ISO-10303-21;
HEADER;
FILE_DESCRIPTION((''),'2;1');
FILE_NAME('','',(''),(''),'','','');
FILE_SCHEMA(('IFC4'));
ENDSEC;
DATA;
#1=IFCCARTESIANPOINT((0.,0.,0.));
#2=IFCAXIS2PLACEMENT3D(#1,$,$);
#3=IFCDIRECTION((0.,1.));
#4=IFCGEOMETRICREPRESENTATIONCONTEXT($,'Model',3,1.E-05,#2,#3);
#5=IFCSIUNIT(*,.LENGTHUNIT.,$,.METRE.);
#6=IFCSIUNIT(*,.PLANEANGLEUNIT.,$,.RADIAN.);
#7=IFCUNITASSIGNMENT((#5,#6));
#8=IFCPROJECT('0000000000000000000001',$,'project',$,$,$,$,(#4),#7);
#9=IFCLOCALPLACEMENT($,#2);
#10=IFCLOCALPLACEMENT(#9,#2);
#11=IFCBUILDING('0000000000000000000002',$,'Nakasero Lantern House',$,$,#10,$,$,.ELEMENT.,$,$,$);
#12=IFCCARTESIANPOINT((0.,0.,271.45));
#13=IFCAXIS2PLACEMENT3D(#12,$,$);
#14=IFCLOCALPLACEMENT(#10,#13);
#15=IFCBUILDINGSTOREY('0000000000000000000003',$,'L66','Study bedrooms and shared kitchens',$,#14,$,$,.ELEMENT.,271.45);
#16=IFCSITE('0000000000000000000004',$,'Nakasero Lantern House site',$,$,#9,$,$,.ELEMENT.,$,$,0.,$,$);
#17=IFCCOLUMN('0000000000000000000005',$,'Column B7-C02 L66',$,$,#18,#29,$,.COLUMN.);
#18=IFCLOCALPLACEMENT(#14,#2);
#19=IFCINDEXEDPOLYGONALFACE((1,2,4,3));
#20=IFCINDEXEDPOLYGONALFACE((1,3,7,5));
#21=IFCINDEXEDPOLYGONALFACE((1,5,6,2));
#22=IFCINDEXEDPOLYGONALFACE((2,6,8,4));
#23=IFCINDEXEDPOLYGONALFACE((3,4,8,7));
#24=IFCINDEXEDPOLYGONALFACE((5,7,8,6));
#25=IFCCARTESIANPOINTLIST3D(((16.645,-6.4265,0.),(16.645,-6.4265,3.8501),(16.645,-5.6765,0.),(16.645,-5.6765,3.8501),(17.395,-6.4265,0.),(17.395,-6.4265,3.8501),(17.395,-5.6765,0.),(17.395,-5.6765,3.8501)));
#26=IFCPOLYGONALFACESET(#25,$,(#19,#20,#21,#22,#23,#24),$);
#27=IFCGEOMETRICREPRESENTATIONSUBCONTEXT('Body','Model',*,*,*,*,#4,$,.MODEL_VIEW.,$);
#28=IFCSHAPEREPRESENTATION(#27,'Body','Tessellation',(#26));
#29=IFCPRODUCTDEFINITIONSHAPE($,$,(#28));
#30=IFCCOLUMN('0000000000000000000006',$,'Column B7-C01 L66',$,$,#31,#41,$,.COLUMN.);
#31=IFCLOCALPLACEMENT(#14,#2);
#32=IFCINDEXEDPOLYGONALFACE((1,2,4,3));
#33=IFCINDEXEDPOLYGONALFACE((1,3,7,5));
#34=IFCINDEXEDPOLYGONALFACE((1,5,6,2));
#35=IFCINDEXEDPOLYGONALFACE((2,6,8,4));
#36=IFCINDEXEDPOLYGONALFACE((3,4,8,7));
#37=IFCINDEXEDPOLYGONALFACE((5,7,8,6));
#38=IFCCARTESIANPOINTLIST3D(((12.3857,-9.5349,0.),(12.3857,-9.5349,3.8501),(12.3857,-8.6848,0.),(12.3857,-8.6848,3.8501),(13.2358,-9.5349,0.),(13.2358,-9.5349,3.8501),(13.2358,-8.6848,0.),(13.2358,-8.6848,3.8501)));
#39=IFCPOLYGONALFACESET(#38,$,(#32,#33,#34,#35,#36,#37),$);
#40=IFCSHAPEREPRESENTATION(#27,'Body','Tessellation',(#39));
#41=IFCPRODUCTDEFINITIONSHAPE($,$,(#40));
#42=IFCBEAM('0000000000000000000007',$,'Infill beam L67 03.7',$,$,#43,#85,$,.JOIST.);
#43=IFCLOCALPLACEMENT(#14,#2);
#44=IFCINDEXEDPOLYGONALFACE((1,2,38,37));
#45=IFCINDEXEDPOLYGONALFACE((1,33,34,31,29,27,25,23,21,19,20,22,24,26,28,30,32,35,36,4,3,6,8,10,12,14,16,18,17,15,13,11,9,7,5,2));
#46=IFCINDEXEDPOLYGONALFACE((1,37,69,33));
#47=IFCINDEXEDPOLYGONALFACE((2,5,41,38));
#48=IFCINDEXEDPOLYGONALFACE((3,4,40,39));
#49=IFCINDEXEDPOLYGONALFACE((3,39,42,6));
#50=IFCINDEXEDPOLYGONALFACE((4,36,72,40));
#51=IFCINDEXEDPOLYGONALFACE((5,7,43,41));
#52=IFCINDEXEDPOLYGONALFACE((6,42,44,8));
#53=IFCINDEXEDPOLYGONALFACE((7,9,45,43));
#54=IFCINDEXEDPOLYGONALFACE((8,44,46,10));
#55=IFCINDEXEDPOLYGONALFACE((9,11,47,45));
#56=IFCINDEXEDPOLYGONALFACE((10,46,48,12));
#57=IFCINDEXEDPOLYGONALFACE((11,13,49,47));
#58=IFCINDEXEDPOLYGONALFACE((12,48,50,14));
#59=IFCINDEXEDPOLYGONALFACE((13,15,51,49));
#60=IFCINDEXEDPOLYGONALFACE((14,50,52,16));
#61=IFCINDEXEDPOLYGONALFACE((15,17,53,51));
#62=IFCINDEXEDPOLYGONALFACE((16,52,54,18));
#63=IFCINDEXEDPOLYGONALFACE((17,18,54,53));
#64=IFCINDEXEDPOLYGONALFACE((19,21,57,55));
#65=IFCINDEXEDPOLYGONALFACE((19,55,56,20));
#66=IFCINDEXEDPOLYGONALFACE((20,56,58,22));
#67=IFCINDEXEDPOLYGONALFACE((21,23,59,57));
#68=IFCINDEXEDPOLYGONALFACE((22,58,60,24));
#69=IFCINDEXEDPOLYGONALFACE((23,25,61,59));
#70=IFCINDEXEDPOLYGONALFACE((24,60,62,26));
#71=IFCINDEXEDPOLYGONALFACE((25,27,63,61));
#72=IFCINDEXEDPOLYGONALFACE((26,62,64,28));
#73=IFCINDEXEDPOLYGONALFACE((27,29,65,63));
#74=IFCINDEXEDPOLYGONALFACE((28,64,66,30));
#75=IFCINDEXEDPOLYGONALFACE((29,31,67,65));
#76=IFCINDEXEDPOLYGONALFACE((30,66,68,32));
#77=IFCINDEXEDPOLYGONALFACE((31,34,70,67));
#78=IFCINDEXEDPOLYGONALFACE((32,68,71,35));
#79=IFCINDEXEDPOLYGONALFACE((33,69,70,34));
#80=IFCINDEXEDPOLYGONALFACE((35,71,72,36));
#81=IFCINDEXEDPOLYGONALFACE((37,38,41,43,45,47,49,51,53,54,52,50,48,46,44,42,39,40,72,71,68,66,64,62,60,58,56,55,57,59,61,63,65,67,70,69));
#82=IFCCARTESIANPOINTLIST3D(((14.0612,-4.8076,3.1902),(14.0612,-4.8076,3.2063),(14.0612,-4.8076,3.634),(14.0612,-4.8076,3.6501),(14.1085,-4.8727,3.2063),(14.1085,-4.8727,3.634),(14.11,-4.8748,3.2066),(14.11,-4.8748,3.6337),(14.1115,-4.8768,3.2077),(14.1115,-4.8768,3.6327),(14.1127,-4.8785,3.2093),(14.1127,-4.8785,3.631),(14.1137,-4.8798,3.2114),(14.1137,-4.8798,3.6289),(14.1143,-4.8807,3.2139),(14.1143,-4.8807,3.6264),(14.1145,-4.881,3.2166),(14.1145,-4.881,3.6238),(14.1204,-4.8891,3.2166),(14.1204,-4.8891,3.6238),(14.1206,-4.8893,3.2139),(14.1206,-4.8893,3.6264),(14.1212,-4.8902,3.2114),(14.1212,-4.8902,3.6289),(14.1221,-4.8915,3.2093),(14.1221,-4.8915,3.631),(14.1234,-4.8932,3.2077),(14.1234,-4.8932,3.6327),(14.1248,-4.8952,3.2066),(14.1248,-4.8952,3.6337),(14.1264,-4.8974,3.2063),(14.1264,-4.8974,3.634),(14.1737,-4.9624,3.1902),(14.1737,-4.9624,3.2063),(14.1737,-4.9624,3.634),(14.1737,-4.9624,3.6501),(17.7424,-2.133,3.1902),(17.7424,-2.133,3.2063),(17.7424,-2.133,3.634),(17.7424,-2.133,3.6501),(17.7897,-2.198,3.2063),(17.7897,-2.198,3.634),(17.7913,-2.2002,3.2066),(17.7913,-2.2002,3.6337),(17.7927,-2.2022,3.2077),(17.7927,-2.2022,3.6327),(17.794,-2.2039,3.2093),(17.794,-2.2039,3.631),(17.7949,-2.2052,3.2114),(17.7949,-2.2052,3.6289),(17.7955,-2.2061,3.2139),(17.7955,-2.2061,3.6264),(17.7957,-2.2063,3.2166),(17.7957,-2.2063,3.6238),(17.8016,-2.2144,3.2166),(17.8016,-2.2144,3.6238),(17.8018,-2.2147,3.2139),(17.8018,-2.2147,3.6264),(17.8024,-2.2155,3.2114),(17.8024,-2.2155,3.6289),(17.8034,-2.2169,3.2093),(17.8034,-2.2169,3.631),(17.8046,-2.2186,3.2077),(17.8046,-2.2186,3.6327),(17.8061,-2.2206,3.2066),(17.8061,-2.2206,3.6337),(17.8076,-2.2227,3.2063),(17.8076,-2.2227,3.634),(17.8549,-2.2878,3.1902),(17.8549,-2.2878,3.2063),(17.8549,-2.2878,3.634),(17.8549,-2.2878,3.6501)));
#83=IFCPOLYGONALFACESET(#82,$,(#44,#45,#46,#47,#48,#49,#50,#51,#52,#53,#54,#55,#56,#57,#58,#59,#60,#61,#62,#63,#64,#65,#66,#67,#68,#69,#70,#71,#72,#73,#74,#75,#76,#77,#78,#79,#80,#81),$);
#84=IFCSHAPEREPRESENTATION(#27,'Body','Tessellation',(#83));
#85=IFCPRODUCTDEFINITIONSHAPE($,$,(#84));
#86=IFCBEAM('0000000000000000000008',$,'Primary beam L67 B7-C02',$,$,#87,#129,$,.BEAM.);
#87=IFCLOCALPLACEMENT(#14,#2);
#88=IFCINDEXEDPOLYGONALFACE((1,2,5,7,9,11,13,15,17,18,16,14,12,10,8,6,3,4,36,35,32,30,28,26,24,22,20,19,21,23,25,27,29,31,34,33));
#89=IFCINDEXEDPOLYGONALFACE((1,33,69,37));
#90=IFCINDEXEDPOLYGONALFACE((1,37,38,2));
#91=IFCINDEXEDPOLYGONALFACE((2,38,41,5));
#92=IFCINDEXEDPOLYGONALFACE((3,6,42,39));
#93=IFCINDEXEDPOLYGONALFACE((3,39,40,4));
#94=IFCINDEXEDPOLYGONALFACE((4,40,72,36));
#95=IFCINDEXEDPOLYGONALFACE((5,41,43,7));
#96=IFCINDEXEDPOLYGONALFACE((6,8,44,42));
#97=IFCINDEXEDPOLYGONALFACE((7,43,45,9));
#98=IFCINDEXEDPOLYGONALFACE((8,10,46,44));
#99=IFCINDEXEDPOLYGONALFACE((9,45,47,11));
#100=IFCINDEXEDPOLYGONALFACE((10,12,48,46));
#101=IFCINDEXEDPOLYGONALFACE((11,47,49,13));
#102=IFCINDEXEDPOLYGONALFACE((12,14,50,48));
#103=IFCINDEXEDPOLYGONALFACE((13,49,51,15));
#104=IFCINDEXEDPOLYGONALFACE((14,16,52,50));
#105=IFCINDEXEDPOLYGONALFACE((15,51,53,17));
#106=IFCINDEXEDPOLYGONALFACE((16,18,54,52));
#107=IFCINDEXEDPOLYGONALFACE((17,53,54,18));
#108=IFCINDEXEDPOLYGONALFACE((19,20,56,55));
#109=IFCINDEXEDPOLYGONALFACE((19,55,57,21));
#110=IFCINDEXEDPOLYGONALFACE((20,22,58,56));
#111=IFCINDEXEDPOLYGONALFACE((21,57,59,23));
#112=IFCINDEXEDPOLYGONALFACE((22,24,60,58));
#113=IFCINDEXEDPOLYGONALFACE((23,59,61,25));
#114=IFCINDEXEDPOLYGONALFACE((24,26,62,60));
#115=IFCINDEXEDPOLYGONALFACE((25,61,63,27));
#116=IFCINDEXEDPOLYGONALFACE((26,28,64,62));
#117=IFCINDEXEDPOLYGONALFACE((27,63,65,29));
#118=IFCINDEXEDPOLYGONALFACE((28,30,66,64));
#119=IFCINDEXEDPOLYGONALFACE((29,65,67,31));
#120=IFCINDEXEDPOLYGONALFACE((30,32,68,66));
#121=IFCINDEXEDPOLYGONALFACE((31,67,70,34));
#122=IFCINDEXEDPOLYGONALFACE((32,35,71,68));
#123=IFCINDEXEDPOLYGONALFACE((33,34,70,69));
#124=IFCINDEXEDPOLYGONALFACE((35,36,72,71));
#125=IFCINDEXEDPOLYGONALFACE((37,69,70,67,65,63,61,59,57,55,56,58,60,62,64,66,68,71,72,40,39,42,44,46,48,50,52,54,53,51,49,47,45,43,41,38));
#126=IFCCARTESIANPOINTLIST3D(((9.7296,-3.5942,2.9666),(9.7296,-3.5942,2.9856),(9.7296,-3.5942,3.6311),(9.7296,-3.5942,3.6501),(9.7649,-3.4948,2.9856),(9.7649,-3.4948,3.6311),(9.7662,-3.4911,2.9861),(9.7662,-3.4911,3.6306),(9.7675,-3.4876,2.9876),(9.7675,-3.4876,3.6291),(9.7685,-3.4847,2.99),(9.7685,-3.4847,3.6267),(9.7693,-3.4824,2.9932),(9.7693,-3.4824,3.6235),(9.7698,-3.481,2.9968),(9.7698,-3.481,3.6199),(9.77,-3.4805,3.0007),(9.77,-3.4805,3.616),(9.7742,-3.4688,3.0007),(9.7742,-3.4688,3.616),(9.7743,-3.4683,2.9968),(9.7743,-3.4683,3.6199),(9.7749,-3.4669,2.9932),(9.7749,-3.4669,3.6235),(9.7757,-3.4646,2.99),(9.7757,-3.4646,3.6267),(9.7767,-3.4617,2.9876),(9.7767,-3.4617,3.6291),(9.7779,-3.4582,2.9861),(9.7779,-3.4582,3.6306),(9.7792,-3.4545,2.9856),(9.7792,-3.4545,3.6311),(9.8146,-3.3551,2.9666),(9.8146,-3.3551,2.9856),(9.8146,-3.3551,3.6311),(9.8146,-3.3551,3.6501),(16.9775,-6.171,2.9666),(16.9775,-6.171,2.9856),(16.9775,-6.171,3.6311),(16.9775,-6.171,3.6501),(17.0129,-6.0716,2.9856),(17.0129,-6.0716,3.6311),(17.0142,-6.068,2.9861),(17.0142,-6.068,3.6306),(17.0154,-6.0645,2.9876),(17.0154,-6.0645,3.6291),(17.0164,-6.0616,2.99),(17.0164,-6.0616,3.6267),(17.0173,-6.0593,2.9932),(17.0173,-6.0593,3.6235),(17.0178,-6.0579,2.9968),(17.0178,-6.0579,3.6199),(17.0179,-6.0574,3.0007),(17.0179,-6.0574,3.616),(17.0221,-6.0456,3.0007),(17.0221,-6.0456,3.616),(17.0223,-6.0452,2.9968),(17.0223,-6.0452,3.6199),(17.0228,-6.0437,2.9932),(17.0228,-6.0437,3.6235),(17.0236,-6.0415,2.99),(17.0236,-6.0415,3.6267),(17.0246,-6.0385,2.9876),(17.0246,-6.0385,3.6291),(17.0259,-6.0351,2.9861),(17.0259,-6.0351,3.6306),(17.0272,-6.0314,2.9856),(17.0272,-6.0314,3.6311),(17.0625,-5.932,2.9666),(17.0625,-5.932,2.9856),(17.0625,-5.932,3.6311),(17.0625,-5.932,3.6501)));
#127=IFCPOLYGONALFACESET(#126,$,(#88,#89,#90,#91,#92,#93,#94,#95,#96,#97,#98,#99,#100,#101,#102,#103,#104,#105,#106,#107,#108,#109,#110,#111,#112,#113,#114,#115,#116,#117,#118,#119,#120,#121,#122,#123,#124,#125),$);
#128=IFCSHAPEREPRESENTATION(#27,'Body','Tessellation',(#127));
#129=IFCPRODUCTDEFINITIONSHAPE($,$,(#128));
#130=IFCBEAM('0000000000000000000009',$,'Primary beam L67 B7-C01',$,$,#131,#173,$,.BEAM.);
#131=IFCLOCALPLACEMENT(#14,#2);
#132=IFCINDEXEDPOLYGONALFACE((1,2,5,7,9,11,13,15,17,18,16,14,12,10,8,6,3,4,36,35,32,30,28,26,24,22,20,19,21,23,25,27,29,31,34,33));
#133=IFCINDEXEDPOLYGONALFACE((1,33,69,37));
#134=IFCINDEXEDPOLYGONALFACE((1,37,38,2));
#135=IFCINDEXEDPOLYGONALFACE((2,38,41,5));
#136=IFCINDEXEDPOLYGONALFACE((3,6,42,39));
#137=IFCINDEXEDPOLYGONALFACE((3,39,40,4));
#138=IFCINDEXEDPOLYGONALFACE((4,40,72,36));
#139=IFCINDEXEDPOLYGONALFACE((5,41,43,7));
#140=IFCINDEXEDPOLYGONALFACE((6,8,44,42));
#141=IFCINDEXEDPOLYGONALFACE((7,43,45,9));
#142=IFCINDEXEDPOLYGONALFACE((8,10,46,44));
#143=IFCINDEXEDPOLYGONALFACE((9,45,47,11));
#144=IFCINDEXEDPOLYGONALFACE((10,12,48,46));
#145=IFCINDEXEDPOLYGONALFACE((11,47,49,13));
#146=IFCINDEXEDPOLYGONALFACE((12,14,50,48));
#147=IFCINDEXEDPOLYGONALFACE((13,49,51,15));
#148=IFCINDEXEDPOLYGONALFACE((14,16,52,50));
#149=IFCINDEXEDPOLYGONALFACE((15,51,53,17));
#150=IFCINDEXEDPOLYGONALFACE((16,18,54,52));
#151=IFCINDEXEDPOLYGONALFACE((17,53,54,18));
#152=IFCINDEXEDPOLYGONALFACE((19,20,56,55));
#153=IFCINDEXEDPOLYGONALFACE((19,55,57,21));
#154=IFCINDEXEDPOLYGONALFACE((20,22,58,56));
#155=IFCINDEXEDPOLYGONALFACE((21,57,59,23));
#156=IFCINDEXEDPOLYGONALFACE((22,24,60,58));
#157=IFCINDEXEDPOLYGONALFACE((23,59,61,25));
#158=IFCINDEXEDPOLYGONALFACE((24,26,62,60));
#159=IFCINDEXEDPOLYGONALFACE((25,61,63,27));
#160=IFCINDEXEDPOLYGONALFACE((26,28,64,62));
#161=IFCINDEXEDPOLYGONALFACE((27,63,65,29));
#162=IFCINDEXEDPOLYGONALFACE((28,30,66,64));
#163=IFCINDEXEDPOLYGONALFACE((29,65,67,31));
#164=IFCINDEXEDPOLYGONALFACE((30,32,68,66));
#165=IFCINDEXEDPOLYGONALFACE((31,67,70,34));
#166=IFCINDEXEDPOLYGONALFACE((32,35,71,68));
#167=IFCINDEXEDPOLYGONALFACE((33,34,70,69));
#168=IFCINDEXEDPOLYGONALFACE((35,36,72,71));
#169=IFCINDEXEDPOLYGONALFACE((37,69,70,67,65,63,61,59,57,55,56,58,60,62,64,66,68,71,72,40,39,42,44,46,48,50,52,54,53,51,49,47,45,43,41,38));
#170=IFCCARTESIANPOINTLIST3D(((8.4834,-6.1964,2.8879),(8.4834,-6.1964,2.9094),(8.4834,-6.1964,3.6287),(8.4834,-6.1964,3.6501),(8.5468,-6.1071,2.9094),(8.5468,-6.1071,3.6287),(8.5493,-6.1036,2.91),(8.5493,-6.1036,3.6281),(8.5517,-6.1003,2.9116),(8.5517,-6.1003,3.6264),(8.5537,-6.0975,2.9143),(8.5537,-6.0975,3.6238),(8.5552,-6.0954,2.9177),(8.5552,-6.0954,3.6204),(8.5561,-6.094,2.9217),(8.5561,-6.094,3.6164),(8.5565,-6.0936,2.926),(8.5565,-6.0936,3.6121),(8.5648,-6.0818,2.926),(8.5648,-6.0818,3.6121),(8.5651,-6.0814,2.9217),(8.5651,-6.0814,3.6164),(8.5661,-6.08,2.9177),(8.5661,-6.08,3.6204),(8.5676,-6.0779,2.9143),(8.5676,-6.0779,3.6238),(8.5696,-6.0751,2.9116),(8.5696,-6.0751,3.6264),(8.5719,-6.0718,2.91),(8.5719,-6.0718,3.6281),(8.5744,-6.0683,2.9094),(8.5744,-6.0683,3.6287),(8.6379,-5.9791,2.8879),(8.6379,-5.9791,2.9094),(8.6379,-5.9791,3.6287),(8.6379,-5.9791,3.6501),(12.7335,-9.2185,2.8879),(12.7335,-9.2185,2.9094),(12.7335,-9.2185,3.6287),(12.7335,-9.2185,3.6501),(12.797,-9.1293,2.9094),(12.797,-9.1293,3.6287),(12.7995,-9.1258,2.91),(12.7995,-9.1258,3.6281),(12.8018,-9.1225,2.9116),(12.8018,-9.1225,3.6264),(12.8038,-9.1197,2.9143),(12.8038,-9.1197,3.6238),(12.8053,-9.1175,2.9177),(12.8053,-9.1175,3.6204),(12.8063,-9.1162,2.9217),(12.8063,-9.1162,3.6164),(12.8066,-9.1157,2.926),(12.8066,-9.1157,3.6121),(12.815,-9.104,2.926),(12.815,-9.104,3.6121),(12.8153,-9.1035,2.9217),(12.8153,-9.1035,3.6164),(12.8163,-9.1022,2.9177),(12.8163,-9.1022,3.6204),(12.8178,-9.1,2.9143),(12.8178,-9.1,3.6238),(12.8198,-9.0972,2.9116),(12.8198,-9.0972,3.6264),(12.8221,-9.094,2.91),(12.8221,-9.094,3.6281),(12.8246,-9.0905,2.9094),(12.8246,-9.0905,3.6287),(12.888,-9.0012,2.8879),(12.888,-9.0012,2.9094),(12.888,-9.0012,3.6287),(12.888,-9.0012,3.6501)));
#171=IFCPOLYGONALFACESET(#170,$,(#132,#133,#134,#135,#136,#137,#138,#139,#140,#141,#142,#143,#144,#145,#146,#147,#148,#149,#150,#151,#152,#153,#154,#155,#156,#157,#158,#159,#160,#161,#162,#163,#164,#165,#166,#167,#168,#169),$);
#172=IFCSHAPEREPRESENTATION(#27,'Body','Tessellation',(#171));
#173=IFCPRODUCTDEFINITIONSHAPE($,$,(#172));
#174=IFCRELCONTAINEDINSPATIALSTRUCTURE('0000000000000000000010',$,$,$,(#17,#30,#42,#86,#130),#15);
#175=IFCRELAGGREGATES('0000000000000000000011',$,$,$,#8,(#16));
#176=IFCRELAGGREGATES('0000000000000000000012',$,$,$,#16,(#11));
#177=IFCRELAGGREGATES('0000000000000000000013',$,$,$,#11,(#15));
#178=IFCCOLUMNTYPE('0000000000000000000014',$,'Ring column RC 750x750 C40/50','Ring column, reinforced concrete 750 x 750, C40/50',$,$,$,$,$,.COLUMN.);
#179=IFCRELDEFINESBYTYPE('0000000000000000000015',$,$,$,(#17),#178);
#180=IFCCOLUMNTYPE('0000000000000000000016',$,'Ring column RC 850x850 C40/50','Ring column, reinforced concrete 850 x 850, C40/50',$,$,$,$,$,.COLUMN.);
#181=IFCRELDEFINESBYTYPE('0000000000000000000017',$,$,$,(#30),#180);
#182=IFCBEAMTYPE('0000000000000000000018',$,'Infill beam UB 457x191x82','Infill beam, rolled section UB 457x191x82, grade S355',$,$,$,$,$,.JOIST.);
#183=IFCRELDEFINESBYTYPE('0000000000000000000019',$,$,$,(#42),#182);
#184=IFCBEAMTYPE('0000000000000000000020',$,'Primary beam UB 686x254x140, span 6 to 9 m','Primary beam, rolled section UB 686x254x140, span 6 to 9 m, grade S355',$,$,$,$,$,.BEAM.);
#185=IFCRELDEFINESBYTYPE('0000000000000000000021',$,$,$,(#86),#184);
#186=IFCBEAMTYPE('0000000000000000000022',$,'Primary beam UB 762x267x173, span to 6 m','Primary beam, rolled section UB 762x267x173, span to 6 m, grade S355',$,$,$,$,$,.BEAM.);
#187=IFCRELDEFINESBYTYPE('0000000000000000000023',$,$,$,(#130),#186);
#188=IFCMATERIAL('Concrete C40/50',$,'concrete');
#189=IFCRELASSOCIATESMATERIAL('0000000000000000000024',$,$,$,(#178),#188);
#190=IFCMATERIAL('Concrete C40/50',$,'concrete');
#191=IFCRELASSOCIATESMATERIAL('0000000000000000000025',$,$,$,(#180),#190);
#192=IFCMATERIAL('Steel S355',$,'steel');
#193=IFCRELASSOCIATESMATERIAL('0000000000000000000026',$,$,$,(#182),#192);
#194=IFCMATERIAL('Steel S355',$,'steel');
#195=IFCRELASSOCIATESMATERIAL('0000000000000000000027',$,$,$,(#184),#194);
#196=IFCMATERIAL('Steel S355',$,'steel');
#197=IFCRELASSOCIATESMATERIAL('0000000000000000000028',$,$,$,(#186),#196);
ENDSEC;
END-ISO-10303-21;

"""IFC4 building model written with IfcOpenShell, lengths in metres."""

from ifc_helpers import new_model, si_unit, direction, frame, origin, origin_2d, place, context, subcontext, project, spatial, rectangle, i_section, extrude, material, material_profile, profile_set, type_object, element, save


model = new_model("IFC4")

# Units and contexts
model_context = context("Model", 3, precision=1e-05, world=origin(), true_north=direction((0.0, 1.0)))
body_context = subcontext(model_context, "Body", "Model", "MODEL_VIEW")
ifc_project = project(units=[si_unit("LENGTHUNIT", "METRE"), si_unit("PLANEANGLEUNIT", "RADIAN")], contexts=[model_context])

# Site, building, storey
site_placement = place(None, origin())
site = spatial("IfcSite", under=ifc_project, at=site_placement, Name="Nakasero Lantern House site", CompositionType="ELEMENT", RefElevation=0.0)
building_placement = place(site_placement, origin())
building = spatial("IfcBuilding", under=site, at=building_placement, Name="Nakasero Lantern House", CompositionType="ELEMENT")
storey_placement = place(building_placement, frame((0.0, 0.0, 271.45)))
storey = spatial("IfcBuildingStorey", under=building, at=storey_placement, Name="L66", Description="Study bedrooms and shared kitchens", CompositionType="ELEMENT", Elevation=271.45)

# Columns
ifc_material_1 = material(Name="Concrete C40/50", Category="concrete")
ifc_material_profile_1 = material_profile(ifc_material_1, rectangle(XDim=0.75, YDim=0.75, at=origin_2d()), Name="RC 750x750")
ifc_profile_set_1 = profile_set([ifc_material_profile_1], Name="Concrete C40/50")
column_type_1 = type_object("IfcColumnType", Name="Ring column RC 750x750 C40/50", Description="Ring column, reinforced concrete 750 x 750, C40/50", PredefinedType="COLUMN", material=ifc_profile_set_1)
column_1_placement = place(storey_placement, frame((17.02, -6.0515, 0.0), z_axis=(0.0, 0.0, 1.0), x_axis=(1.0, 0.0, 0.0)))
element("IfcColumn", 1, at=column_1_placement, inside=storey, type_object=column_type_1, Name="Column B7-C02 L66", PredefinedType="COLUMN", context=body_context, shape_type="SweptSolid", body=[
    extrude(rectangle(XDim=0.75, YDim=0.75, at=origin_2d()), origin(), (0.0, 0.0, 1.0), 3.8501),
])
ifc_material_2 = material(Name="Concrete C40/50", Category="concrete")
ifc_material_profile_2 = material_profile(ifc_material_2, rectangle(XDim=0.8501, YDim=0.8501, at=origin_2d()), Name="RC 850x850")
ifc_profile_set_2 = profile_set([ifc_material_profile_2], Name="Concrete C40/50")
column_type_2 = type_object("IfcColumnType", Name="Ring column RC 850x850 C40/50", Description="Ring column, reinforced concrete 850 x 850, C40/50", PredefinedType="COLUMN", material=ifc_profile_set_2)
column_2_placement = place(storey_placement, frame((12.8108, -9.1099, 0.0), z_axis=(0.0, 0.0, 1.0), x_axis=(1.0, 0.0, 0.0)))
element("IfcColumn", 2, at=column_2_placement, inside=storey, type_object=column_type_2, Name="Column B7-C01 L66", PredefinedType="COLUMN", context=body_context, shape_type="SweptSolid", body=[
    extrude(rectangle(XDim=0.8501, YDim=0.8501, at=origin_2d()), origin(), (0.0, 0.0, 1.0), 3.8501),
])

# Beams
ifc_material_3 = material(Name="Steel S355", Category="steel")
ifc_material_profile_3 = material_profile(ifc_material_3, i_section(OverallWidth=0.1914, OverallDepth=0.46, WebThickness=0.01, FlangeThickness=0.0161, FilletRadius=0.0103, at=origin_2d()), Name="UB 457x191x82")
ifc_profile_set_3 = profile_set([ifc_material_profile_3], Name="Steel S355")
beam_type_1 = type_object("IfcBeamType", Name="Infill beam UB 457x191x82", Description="Infill beam, rolled section UB 457x191x82, grade S355", PredefinedType="JOIST", material=ifc_profile_set_3)
beam_1_placement = place(storey_placement, frame((14.1174, -4.885, 3.4202), z_axis=(0.809012, 0.587792, 0.0), x_axis=(-0.587792, 0.809012, 0.0)))
element("IfcBeam", 3, at=beam_1_placement, inside=storey, type_object=beam_type_1, Name="Infill beam L67 03.7", PredefinedType="JOIST", context=body_context, shape_type="SweptSolid", body=[
    extrude(i_section(OverallWidth=0.1914, OverallDepth=0.46, WebThickness=0.01, FlangeThickness=0.0161, FilletRadius=0.0103, at=origin_2d()), origin(), (0.0, 0.0, 1.0), 4.5503),
])
ifc_material_4 = material(Name="Steel S355", Category="steel")
ifc_material_profile_4 = material_profile(ifc_material_4, i_section(OverallWidth=0.2537, OverallDepth=0.6836, WebThickness=0.0125, FlangeThickness=0.019, FilletRadius=0.0151, at=origin_2d()), Name="UB 686x254x140")
ifc_profile_set_4 = profile_set([ifc_material_profile_4], Name="Steel S355")
beam_type_2 = type_object("IfcBeamType", Name="Primary beam UB 686x254x140, span 6 to 9 m", Description="Primary beam, rolled section UB 686x254x140, span 6 to 9 m, grade S355", PredefinedType="BEAM", material=ifc_profile_set_4)
beam_2_placement = place(storey_placement, frame((17.02, -6.0515, 3.3083), z_axis=(-0.942222, 0.334989, 0.0), x_axis=(-0.334989, -0.942222, 0.0)))
element("IfcBeam", 4, at=beam_2_placement, inside=storey, type_object=beam_type_2, Name="Primary beam L67 B7-C02", PredefinedType="BEAM", context=body_context, shape_type="SweptSolid", body=[
    extrude(i_section(OverallWidth=0.2537, OverallDepth=0.6836, WebThickness=0.0125, FlangeThickness=0.019, FilletRadius=0.0151, at=origin_2d()), origin(), (0.0, 0.0, 1.0), 7.6924),
])
ifc_material_5 = material(Name="Steel S355", Category="steel")
ifc_material_profile_5 = material_profile(ifc_material_5, i_section(OverallWidth=0.2666, OverallDepth=0.7622, WebThickness=0.0144, FlangeThickness=0.0215, FilletRadius=0.0166, at=origin_2d()), Name="UB 762x267x173")
ifc_profile_set_5 = profile_set([ifc_material_profile_5], Name="Steel S355")
beam_type_3 = type_object("IfcBeamType", Name="Primary beam UB 762x267x173, span to 6 m", Description="Primary beam, rolled section UB 762x267x173, span to 6 m, grade S355", PredefinedType="BEAM", material=ifc_profile_set_5)
beam_3_placement = place(storey_placement, frame((12.8108, -9.1099, 3.269), z_axis=(-0.814972, 0.579501, 0.0), x_axis=(-0.579501, -0.814972, 0.0)))
element("IfcBeam", 5, at=beam_3_placement, inside=storey, type_object=beam_type_3, Name="Primary beam L67 B7-C01", PredefinedType="BEAM", context=body_context, shape_type="SweptSolid", body=[
    extrude(i_section(OverallWidth=0.2666, OverallDepth=0.7622, WebThickness=0.0144, FlangeThickness=0.0215, FilletRadius=0.0166, at=origin_2d()), origin(), (0.0, 0.0, 1.0), 5.2151),
])

save(model, "model.ifc")
